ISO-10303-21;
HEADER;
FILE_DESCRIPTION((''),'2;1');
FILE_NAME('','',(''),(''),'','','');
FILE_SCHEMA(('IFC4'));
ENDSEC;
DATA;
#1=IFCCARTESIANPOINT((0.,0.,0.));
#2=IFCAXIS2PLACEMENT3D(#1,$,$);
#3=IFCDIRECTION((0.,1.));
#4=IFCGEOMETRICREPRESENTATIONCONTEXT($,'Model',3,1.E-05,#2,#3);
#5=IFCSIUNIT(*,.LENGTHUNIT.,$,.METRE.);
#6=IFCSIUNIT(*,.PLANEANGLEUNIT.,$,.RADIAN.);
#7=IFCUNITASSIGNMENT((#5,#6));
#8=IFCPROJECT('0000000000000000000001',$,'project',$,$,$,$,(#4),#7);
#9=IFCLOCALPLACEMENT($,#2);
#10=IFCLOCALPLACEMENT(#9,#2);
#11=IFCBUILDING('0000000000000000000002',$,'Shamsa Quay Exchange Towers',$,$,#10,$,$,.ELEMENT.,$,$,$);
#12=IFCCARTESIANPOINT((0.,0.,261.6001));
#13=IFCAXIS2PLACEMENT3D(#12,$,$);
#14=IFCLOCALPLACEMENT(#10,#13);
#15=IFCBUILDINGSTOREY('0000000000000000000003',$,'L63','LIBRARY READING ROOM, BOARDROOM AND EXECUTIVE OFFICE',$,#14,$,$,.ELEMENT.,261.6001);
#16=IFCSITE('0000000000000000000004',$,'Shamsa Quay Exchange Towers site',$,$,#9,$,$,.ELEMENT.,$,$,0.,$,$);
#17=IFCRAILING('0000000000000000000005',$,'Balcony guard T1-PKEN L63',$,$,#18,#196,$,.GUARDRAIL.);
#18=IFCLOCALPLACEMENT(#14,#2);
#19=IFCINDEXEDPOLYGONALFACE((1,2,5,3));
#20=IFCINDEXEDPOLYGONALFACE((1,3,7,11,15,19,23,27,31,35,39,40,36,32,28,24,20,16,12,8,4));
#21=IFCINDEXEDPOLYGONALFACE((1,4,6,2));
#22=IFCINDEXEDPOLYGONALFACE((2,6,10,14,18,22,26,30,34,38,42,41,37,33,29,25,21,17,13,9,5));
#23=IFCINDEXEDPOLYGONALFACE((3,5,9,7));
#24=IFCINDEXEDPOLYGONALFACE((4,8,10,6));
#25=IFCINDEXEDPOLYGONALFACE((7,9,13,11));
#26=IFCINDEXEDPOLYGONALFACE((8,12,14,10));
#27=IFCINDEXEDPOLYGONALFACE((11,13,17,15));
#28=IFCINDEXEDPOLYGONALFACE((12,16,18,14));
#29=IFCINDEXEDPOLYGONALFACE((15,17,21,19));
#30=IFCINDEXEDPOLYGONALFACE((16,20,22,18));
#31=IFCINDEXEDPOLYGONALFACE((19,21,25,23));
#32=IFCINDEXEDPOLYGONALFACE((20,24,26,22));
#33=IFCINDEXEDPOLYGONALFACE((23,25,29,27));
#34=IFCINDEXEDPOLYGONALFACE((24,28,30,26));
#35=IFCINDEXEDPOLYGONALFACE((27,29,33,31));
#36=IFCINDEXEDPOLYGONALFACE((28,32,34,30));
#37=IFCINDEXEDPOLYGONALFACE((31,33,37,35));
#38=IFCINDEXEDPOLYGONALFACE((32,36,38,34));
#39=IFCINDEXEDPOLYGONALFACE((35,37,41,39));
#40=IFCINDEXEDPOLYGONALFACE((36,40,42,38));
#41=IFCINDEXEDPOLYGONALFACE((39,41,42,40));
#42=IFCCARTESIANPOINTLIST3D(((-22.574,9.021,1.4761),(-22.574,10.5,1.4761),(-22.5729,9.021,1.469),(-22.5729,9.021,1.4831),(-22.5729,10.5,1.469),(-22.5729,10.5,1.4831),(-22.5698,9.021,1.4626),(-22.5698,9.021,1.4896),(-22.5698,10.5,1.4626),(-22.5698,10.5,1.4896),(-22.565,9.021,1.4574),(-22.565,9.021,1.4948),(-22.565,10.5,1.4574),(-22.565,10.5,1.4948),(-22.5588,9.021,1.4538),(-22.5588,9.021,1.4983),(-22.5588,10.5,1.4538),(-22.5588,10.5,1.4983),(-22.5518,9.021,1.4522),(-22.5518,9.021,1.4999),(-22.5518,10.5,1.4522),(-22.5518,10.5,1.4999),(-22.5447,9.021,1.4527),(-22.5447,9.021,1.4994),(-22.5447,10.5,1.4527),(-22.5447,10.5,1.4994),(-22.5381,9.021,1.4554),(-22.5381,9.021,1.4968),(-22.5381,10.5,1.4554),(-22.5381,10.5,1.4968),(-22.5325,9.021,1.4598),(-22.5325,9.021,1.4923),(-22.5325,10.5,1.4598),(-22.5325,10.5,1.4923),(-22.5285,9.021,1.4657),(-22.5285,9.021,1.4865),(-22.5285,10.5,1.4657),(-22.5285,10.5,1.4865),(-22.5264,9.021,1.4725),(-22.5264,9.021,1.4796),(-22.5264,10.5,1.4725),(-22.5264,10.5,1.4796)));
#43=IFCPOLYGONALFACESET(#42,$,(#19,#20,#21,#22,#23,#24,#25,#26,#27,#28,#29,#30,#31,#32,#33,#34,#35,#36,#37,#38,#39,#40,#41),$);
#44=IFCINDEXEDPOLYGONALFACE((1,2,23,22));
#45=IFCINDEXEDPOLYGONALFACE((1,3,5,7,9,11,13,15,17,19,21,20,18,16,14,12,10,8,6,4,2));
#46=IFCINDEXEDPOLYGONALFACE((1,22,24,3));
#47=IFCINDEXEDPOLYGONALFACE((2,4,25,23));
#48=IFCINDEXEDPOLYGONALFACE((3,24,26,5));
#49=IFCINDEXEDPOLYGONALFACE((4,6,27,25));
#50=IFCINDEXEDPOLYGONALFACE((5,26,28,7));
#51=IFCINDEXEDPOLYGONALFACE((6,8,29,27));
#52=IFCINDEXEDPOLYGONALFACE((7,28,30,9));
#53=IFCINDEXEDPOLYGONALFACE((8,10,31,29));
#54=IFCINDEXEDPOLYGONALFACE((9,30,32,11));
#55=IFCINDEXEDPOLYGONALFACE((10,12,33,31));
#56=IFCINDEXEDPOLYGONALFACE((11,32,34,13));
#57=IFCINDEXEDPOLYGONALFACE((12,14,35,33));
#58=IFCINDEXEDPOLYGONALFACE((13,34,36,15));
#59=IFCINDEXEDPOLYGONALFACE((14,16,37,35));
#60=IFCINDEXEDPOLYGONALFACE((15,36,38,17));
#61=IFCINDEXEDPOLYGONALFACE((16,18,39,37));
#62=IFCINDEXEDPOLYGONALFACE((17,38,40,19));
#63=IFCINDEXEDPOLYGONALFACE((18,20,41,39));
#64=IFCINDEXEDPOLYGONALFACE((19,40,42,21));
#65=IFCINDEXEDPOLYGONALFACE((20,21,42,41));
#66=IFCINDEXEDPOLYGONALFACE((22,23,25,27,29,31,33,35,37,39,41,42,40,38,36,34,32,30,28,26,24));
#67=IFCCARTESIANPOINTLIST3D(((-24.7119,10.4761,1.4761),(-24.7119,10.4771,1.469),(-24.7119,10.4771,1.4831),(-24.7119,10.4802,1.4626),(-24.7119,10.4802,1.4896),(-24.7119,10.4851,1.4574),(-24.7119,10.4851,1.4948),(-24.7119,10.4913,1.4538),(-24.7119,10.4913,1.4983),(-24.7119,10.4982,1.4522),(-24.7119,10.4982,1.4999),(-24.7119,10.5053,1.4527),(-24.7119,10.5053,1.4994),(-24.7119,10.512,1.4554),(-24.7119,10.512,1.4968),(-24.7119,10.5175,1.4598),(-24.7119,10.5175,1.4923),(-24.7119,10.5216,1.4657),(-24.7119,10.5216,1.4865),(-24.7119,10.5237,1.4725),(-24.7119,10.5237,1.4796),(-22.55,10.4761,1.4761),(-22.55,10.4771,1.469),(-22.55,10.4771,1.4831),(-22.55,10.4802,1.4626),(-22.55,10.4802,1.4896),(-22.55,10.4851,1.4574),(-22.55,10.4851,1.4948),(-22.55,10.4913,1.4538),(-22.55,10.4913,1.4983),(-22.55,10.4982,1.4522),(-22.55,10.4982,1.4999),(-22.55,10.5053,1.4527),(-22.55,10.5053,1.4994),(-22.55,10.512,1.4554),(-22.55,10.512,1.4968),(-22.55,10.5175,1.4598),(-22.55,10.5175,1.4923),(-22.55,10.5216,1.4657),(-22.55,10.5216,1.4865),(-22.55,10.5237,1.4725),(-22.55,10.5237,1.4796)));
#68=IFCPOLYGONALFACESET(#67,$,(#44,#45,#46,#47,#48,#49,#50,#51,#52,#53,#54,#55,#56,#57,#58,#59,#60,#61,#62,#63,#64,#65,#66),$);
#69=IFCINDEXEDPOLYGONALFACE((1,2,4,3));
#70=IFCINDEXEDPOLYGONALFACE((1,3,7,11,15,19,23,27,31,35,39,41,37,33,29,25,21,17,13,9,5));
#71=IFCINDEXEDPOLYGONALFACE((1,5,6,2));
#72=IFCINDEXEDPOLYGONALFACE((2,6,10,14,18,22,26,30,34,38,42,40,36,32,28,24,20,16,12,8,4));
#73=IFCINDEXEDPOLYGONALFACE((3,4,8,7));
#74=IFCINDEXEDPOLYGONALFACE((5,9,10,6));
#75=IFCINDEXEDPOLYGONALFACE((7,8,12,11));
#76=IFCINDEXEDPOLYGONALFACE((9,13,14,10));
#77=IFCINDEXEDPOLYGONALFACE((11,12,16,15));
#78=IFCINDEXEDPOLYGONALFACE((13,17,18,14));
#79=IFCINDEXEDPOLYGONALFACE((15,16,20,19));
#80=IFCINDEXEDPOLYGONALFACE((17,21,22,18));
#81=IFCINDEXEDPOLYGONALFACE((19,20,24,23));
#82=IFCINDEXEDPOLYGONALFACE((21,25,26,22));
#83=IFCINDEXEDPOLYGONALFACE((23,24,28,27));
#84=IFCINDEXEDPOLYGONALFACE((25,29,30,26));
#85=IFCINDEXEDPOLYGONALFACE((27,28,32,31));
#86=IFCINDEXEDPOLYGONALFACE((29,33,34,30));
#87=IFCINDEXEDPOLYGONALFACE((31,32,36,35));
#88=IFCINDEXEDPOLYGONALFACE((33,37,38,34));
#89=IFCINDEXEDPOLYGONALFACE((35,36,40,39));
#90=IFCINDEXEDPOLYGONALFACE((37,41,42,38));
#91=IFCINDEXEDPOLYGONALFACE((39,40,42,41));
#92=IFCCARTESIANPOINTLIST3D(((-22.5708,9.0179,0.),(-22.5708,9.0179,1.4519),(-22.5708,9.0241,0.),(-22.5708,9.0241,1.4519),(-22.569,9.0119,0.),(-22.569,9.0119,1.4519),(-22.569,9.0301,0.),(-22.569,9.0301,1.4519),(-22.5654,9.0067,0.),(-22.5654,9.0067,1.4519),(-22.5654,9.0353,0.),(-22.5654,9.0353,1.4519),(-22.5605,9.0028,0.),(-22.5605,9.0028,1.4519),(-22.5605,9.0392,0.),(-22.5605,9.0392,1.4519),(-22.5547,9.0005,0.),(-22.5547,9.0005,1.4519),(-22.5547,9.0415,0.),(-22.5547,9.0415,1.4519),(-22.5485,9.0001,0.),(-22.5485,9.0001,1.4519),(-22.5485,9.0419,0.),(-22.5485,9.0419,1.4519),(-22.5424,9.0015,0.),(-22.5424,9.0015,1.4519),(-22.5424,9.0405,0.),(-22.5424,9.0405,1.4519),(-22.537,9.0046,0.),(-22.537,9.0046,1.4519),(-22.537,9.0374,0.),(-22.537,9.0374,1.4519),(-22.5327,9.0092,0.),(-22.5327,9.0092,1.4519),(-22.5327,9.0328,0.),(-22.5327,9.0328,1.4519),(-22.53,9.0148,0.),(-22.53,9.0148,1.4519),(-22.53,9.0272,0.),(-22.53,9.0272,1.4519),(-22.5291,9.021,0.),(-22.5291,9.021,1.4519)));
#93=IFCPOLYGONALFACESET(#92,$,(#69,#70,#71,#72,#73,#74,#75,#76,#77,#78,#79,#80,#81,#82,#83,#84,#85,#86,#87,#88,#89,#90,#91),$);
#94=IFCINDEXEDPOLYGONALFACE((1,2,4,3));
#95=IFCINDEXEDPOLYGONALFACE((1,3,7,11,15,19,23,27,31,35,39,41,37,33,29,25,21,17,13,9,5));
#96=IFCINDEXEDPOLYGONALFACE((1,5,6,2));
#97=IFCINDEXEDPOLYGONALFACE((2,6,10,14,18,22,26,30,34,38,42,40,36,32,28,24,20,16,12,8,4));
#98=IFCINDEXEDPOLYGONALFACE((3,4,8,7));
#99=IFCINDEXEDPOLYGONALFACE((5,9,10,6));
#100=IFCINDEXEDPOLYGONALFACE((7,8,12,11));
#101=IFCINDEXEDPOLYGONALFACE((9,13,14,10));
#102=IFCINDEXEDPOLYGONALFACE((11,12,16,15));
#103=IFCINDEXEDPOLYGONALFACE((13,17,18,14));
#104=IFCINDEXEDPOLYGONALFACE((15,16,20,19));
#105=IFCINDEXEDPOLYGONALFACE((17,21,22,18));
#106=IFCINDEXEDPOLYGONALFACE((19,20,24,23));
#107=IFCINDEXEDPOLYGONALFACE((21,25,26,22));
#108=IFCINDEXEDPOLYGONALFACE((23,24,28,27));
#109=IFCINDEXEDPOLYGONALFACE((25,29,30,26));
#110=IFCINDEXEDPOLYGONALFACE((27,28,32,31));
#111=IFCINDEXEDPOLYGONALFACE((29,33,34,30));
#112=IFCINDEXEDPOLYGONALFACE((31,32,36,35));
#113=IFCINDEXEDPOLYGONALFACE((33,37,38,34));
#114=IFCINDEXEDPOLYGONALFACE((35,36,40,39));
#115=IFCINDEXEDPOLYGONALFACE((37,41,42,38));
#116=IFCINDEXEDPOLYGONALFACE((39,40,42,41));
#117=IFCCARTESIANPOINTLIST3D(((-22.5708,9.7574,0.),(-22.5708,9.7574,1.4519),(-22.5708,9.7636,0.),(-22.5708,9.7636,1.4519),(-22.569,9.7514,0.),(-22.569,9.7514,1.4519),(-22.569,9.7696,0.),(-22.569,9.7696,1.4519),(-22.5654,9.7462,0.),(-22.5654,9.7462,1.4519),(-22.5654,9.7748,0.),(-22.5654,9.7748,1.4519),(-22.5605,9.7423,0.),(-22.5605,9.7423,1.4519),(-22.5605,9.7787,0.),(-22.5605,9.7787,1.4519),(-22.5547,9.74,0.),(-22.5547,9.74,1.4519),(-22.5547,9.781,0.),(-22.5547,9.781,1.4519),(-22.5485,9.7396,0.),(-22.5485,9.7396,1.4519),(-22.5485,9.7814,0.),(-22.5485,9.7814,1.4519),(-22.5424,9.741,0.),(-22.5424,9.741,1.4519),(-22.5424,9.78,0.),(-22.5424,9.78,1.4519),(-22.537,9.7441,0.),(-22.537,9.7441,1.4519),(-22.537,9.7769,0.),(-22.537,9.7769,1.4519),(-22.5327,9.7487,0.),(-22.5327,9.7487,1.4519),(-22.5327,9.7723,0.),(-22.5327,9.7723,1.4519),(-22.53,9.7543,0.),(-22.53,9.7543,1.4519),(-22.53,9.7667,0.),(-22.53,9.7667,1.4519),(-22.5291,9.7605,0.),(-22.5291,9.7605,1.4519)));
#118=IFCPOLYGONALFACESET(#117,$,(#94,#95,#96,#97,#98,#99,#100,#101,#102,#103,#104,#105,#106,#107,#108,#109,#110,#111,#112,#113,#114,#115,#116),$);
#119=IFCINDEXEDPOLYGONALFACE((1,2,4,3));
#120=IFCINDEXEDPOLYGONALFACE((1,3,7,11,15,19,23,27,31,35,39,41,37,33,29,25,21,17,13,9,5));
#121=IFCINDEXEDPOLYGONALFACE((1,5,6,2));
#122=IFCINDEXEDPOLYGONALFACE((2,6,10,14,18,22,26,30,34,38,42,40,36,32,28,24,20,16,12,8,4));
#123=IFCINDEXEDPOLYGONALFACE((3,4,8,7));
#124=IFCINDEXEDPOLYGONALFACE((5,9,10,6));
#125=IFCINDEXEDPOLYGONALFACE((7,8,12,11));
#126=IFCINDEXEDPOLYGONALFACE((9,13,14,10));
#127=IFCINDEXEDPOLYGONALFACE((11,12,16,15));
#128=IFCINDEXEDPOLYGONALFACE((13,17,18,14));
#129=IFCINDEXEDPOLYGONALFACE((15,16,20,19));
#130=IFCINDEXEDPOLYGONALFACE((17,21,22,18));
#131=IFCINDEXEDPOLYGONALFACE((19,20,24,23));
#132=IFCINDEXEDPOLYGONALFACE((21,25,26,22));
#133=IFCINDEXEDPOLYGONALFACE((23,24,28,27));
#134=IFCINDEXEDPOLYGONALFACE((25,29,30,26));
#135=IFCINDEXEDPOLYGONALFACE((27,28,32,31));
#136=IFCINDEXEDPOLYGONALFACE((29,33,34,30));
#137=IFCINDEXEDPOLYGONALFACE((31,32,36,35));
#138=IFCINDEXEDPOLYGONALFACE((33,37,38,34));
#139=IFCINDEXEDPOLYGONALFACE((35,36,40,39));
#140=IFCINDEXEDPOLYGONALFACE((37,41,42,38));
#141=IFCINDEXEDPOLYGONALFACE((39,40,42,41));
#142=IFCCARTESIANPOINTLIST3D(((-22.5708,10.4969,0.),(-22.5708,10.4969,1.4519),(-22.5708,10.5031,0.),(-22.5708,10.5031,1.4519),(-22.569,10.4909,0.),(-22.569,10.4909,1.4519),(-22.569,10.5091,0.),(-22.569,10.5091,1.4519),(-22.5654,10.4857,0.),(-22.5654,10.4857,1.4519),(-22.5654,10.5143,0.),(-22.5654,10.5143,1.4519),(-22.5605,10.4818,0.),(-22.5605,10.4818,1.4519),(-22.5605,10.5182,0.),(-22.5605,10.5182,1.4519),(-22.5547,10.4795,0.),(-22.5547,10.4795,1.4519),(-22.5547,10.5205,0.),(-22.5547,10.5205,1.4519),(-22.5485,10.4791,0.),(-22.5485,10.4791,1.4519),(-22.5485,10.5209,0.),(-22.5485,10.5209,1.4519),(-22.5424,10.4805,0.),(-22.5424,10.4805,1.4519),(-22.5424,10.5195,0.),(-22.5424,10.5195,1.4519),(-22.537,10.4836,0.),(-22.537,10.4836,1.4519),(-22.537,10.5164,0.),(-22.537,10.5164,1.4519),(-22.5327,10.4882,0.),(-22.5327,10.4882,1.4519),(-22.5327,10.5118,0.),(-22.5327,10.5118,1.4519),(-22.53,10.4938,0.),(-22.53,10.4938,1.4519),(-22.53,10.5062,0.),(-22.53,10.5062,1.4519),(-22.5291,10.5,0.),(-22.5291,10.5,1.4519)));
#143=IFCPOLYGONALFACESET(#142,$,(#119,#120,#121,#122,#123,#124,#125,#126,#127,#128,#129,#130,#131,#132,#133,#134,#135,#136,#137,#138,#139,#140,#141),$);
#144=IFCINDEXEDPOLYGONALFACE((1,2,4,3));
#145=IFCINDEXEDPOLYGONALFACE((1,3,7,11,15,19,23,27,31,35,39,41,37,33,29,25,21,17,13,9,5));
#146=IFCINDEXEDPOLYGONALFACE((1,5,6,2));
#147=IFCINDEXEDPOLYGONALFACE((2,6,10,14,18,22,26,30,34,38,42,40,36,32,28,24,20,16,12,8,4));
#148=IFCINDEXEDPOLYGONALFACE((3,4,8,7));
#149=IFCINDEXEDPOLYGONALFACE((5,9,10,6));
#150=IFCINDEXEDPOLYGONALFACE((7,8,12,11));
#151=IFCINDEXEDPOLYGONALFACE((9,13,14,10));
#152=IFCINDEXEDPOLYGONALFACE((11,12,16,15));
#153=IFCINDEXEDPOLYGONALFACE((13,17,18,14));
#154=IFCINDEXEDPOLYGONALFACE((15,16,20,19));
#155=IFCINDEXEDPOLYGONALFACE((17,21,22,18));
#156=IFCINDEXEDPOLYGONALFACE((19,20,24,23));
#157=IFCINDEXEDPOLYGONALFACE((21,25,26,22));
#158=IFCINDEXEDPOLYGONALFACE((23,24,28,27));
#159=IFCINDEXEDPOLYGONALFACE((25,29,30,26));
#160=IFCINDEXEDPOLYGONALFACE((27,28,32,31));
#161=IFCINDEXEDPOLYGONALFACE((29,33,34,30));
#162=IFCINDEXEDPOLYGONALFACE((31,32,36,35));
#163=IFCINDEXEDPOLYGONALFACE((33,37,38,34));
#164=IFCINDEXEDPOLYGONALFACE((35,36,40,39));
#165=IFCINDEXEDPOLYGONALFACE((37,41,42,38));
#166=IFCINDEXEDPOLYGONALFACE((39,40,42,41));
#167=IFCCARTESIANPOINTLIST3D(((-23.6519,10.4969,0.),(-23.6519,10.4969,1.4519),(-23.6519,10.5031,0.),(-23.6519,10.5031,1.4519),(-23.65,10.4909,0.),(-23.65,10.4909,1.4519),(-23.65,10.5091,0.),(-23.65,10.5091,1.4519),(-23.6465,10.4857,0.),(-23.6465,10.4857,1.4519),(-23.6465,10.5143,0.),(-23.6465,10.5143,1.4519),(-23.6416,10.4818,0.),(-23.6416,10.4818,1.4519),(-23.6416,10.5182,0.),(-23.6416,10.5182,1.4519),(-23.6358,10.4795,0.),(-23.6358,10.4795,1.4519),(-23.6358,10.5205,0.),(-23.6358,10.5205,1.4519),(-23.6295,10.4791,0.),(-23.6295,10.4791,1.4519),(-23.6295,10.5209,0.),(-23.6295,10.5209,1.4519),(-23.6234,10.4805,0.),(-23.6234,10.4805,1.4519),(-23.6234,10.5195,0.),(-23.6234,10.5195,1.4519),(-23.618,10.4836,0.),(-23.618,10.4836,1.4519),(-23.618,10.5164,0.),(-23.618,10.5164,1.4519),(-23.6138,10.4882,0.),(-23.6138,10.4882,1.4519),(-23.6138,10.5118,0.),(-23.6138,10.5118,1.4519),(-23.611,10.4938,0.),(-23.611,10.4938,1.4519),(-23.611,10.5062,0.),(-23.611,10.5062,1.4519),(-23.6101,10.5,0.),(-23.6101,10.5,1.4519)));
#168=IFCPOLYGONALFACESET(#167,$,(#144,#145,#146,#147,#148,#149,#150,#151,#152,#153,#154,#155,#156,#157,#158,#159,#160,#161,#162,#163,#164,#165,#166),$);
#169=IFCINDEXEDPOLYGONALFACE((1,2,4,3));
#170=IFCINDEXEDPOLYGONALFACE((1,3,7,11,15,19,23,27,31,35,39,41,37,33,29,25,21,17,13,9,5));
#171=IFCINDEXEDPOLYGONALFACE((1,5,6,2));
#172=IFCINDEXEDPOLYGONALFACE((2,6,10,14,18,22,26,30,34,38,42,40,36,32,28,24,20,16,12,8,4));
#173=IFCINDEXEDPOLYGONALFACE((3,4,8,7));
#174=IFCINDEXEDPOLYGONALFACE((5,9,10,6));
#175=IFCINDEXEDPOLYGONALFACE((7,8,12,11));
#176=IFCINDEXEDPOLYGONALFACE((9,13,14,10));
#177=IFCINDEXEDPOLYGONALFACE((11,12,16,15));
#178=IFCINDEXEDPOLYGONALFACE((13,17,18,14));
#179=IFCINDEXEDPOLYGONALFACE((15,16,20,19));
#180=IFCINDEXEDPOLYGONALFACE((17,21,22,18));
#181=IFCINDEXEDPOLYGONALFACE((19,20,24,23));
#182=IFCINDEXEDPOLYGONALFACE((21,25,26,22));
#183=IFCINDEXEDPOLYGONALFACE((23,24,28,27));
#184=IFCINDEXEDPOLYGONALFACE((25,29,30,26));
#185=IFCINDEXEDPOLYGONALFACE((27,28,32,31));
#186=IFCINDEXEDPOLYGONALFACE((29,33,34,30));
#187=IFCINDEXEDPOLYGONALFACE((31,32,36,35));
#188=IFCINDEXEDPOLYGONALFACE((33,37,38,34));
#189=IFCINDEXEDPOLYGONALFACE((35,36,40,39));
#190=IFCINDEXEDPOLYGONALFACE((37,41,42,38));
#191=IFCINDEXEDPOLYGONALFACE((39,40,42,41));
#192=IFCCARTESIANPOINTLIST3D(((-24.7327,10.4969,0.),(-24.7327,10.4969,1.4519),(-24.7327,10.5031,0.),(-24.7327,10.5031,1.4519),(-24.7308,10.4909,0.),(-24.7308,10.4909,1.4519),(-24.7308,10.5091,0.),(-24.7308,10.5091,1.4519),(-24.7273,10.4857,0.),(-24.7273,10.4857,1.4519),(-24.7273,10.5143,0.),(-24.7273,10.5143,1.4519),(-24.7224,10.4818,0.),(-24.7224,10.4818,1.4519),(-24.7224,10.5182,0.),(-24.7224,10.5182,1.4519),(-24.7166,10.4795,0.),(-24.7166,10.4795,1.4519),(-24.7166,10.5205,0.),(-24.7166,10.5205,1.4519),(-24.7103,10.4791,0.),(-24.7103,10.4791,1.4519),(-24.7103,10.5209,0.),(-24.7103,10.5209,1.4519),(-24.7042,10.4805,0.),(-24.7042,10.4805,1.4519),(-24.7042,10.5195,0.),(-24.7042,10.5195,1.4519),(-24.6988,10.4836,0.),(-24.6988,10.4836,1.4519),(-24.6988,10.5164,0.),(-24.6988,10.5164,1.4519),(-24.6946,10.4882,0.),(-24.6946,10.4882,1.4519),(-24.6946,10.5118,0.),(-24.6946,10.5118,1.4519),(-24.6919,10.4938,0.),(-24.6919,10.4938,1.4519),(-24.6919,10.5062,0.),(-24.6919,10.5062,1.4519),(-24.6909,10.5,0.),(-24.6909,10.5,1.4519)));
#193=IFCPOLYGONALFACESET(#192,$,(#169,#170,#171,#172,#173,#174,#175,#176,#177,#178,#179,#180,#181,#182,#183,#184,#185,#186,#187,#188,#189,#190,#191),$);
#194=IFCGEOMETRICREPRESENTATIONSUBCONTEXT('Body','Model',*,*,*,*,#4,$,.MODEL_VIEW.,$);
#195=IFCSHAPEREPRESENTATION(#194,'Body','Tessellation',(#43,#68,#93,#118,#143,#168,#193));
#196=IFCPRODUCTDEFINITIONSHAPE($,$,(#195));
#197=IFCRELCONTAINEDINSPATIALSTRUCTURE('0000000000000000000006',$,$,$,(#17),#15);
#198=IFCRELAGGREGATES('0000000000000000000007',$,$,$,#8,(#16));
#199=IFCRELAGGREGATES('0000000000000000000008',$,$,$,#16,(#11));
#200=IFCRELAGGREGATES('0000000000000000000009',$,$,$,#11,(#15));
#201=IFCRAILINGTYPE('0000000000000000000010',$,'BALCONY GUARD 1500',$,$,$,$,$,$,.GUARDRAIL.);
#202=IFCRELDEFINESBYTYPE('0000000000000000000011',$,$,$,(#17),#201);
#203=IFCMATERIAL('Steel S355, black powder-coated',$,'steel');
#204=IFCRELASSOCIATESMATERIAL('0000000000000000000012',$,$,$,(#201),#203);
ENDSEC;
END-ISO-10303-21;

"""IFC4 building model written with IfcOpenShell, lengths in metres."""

from ifc_helpers import new_model, si_unit, direction, frame, origin, origin_2d, place, context, subcontext, project, spatial, circle, extrude, material, type_object, element, save


model = new_model("IFC4")

# Units and contexts
model_context = context("Model", 3, precision=1e-05, world=origin(), true_north=direction((0.0, 1.0)))
body_context = subcontext(model_context, "Body", "Model", "MODEL_VIEW")
ifc_project = project(units=[si_unit("LENGTHUNIT", "METRE"), si_unit("PLANEANGLEUNIT", "RADIAN")], contexts=[model_context])

# Site, building, storey
site_placement = place(None, origin())
site = spatial("IfcSite", under=ifc_project, at=site_placement, Name="Shamsa Quay Exchange Towers site", CompositionType="ELEMENT", RefElevation=0.0)
building_placement = place(site_placement, origin())
building = spatial("IfcBuilding", under=site, at=building_placement, Name="Shamsa Quay Exchange Towers", CompositionType="ELEMENT")
storey_placement = place(building_placement, frame((0.0, 0.0, 261.6001)))
storey = spatial("IfcBuildingStorey", under=building, at=storey_placement, Name="L63", Description="LIBRARY READING ROOM, BOARDROOM AND EXECUTIVE OFFICE", CompositionType="ELEMENT", Elevation=261.6001)

# Railing
ifc_material_1 = material(Name="Steel S355, black powder-coated", Category="steel")
railing_type = type_object("IfcRailingType", Name="BALCONY GUARD 1500", PredefinedType="GUARDRAIL", material=ifc_material_1)
for number, where, name in (
    (1, (-22.55, 9.021, 0.0), "Balcony guard T1-PKEN L63"),
):
    element("IfcRailing", number, at=place(storey_placement, frame(where)), inside=storey, type_object=railing_type, Name=name, PredefinedType="GUARDRAIL", context=body_context, shape_type="SweptSolid", body=[
        extrude(circle(Radius=0.0239, at=origin_2d()), frame((0.0, 0.0, 1.4761), z_axis=(0.0, 1.0, 0.0), x_axis=(-1.0, 0.0, 0.0)), (0.0, 0.0, 1.0), 1.479),
        extrude(circle(Radius=0.0239, at=origin_2d()), frame((0.0, 1.479, 1.4761), z_axis=(-1.0, 0.0, 0.0), x_axis=(0.0, -1.0, 0.0)), (0.0, 0.0, 1.0), 2.1619),
        extrude(circle(Radius=0.021, at=origin_2d()), origin(), (0.0, 0.0, 1.0), 1.4519),
        extrude(circle(Radius=0.021, at=origin_2d()), frame((0.0, 0.7395, 0.0)), (0.0, 0.0, 1.0), 1.4519),
        extrude(circle(Radius=0.021, at=origin_2d()), frame((0.0, 1.479, 0.0)), (0.0, 0.0, 1.0), 1.4519),
        extrude(circle(Radius=0.021, at=origin_2d()), frame((-1.0811, 1.479, 0.0)), (0.0, 0.0, 1.0), 1.4519),
        extrude(circle(Radius=0.021, at=origin_2d()), frame((-2.1619, 1.479, 0.0)), (0.0, 0.0, 1.0), 1.4519),
    ])

save(model, "model.ifc")
